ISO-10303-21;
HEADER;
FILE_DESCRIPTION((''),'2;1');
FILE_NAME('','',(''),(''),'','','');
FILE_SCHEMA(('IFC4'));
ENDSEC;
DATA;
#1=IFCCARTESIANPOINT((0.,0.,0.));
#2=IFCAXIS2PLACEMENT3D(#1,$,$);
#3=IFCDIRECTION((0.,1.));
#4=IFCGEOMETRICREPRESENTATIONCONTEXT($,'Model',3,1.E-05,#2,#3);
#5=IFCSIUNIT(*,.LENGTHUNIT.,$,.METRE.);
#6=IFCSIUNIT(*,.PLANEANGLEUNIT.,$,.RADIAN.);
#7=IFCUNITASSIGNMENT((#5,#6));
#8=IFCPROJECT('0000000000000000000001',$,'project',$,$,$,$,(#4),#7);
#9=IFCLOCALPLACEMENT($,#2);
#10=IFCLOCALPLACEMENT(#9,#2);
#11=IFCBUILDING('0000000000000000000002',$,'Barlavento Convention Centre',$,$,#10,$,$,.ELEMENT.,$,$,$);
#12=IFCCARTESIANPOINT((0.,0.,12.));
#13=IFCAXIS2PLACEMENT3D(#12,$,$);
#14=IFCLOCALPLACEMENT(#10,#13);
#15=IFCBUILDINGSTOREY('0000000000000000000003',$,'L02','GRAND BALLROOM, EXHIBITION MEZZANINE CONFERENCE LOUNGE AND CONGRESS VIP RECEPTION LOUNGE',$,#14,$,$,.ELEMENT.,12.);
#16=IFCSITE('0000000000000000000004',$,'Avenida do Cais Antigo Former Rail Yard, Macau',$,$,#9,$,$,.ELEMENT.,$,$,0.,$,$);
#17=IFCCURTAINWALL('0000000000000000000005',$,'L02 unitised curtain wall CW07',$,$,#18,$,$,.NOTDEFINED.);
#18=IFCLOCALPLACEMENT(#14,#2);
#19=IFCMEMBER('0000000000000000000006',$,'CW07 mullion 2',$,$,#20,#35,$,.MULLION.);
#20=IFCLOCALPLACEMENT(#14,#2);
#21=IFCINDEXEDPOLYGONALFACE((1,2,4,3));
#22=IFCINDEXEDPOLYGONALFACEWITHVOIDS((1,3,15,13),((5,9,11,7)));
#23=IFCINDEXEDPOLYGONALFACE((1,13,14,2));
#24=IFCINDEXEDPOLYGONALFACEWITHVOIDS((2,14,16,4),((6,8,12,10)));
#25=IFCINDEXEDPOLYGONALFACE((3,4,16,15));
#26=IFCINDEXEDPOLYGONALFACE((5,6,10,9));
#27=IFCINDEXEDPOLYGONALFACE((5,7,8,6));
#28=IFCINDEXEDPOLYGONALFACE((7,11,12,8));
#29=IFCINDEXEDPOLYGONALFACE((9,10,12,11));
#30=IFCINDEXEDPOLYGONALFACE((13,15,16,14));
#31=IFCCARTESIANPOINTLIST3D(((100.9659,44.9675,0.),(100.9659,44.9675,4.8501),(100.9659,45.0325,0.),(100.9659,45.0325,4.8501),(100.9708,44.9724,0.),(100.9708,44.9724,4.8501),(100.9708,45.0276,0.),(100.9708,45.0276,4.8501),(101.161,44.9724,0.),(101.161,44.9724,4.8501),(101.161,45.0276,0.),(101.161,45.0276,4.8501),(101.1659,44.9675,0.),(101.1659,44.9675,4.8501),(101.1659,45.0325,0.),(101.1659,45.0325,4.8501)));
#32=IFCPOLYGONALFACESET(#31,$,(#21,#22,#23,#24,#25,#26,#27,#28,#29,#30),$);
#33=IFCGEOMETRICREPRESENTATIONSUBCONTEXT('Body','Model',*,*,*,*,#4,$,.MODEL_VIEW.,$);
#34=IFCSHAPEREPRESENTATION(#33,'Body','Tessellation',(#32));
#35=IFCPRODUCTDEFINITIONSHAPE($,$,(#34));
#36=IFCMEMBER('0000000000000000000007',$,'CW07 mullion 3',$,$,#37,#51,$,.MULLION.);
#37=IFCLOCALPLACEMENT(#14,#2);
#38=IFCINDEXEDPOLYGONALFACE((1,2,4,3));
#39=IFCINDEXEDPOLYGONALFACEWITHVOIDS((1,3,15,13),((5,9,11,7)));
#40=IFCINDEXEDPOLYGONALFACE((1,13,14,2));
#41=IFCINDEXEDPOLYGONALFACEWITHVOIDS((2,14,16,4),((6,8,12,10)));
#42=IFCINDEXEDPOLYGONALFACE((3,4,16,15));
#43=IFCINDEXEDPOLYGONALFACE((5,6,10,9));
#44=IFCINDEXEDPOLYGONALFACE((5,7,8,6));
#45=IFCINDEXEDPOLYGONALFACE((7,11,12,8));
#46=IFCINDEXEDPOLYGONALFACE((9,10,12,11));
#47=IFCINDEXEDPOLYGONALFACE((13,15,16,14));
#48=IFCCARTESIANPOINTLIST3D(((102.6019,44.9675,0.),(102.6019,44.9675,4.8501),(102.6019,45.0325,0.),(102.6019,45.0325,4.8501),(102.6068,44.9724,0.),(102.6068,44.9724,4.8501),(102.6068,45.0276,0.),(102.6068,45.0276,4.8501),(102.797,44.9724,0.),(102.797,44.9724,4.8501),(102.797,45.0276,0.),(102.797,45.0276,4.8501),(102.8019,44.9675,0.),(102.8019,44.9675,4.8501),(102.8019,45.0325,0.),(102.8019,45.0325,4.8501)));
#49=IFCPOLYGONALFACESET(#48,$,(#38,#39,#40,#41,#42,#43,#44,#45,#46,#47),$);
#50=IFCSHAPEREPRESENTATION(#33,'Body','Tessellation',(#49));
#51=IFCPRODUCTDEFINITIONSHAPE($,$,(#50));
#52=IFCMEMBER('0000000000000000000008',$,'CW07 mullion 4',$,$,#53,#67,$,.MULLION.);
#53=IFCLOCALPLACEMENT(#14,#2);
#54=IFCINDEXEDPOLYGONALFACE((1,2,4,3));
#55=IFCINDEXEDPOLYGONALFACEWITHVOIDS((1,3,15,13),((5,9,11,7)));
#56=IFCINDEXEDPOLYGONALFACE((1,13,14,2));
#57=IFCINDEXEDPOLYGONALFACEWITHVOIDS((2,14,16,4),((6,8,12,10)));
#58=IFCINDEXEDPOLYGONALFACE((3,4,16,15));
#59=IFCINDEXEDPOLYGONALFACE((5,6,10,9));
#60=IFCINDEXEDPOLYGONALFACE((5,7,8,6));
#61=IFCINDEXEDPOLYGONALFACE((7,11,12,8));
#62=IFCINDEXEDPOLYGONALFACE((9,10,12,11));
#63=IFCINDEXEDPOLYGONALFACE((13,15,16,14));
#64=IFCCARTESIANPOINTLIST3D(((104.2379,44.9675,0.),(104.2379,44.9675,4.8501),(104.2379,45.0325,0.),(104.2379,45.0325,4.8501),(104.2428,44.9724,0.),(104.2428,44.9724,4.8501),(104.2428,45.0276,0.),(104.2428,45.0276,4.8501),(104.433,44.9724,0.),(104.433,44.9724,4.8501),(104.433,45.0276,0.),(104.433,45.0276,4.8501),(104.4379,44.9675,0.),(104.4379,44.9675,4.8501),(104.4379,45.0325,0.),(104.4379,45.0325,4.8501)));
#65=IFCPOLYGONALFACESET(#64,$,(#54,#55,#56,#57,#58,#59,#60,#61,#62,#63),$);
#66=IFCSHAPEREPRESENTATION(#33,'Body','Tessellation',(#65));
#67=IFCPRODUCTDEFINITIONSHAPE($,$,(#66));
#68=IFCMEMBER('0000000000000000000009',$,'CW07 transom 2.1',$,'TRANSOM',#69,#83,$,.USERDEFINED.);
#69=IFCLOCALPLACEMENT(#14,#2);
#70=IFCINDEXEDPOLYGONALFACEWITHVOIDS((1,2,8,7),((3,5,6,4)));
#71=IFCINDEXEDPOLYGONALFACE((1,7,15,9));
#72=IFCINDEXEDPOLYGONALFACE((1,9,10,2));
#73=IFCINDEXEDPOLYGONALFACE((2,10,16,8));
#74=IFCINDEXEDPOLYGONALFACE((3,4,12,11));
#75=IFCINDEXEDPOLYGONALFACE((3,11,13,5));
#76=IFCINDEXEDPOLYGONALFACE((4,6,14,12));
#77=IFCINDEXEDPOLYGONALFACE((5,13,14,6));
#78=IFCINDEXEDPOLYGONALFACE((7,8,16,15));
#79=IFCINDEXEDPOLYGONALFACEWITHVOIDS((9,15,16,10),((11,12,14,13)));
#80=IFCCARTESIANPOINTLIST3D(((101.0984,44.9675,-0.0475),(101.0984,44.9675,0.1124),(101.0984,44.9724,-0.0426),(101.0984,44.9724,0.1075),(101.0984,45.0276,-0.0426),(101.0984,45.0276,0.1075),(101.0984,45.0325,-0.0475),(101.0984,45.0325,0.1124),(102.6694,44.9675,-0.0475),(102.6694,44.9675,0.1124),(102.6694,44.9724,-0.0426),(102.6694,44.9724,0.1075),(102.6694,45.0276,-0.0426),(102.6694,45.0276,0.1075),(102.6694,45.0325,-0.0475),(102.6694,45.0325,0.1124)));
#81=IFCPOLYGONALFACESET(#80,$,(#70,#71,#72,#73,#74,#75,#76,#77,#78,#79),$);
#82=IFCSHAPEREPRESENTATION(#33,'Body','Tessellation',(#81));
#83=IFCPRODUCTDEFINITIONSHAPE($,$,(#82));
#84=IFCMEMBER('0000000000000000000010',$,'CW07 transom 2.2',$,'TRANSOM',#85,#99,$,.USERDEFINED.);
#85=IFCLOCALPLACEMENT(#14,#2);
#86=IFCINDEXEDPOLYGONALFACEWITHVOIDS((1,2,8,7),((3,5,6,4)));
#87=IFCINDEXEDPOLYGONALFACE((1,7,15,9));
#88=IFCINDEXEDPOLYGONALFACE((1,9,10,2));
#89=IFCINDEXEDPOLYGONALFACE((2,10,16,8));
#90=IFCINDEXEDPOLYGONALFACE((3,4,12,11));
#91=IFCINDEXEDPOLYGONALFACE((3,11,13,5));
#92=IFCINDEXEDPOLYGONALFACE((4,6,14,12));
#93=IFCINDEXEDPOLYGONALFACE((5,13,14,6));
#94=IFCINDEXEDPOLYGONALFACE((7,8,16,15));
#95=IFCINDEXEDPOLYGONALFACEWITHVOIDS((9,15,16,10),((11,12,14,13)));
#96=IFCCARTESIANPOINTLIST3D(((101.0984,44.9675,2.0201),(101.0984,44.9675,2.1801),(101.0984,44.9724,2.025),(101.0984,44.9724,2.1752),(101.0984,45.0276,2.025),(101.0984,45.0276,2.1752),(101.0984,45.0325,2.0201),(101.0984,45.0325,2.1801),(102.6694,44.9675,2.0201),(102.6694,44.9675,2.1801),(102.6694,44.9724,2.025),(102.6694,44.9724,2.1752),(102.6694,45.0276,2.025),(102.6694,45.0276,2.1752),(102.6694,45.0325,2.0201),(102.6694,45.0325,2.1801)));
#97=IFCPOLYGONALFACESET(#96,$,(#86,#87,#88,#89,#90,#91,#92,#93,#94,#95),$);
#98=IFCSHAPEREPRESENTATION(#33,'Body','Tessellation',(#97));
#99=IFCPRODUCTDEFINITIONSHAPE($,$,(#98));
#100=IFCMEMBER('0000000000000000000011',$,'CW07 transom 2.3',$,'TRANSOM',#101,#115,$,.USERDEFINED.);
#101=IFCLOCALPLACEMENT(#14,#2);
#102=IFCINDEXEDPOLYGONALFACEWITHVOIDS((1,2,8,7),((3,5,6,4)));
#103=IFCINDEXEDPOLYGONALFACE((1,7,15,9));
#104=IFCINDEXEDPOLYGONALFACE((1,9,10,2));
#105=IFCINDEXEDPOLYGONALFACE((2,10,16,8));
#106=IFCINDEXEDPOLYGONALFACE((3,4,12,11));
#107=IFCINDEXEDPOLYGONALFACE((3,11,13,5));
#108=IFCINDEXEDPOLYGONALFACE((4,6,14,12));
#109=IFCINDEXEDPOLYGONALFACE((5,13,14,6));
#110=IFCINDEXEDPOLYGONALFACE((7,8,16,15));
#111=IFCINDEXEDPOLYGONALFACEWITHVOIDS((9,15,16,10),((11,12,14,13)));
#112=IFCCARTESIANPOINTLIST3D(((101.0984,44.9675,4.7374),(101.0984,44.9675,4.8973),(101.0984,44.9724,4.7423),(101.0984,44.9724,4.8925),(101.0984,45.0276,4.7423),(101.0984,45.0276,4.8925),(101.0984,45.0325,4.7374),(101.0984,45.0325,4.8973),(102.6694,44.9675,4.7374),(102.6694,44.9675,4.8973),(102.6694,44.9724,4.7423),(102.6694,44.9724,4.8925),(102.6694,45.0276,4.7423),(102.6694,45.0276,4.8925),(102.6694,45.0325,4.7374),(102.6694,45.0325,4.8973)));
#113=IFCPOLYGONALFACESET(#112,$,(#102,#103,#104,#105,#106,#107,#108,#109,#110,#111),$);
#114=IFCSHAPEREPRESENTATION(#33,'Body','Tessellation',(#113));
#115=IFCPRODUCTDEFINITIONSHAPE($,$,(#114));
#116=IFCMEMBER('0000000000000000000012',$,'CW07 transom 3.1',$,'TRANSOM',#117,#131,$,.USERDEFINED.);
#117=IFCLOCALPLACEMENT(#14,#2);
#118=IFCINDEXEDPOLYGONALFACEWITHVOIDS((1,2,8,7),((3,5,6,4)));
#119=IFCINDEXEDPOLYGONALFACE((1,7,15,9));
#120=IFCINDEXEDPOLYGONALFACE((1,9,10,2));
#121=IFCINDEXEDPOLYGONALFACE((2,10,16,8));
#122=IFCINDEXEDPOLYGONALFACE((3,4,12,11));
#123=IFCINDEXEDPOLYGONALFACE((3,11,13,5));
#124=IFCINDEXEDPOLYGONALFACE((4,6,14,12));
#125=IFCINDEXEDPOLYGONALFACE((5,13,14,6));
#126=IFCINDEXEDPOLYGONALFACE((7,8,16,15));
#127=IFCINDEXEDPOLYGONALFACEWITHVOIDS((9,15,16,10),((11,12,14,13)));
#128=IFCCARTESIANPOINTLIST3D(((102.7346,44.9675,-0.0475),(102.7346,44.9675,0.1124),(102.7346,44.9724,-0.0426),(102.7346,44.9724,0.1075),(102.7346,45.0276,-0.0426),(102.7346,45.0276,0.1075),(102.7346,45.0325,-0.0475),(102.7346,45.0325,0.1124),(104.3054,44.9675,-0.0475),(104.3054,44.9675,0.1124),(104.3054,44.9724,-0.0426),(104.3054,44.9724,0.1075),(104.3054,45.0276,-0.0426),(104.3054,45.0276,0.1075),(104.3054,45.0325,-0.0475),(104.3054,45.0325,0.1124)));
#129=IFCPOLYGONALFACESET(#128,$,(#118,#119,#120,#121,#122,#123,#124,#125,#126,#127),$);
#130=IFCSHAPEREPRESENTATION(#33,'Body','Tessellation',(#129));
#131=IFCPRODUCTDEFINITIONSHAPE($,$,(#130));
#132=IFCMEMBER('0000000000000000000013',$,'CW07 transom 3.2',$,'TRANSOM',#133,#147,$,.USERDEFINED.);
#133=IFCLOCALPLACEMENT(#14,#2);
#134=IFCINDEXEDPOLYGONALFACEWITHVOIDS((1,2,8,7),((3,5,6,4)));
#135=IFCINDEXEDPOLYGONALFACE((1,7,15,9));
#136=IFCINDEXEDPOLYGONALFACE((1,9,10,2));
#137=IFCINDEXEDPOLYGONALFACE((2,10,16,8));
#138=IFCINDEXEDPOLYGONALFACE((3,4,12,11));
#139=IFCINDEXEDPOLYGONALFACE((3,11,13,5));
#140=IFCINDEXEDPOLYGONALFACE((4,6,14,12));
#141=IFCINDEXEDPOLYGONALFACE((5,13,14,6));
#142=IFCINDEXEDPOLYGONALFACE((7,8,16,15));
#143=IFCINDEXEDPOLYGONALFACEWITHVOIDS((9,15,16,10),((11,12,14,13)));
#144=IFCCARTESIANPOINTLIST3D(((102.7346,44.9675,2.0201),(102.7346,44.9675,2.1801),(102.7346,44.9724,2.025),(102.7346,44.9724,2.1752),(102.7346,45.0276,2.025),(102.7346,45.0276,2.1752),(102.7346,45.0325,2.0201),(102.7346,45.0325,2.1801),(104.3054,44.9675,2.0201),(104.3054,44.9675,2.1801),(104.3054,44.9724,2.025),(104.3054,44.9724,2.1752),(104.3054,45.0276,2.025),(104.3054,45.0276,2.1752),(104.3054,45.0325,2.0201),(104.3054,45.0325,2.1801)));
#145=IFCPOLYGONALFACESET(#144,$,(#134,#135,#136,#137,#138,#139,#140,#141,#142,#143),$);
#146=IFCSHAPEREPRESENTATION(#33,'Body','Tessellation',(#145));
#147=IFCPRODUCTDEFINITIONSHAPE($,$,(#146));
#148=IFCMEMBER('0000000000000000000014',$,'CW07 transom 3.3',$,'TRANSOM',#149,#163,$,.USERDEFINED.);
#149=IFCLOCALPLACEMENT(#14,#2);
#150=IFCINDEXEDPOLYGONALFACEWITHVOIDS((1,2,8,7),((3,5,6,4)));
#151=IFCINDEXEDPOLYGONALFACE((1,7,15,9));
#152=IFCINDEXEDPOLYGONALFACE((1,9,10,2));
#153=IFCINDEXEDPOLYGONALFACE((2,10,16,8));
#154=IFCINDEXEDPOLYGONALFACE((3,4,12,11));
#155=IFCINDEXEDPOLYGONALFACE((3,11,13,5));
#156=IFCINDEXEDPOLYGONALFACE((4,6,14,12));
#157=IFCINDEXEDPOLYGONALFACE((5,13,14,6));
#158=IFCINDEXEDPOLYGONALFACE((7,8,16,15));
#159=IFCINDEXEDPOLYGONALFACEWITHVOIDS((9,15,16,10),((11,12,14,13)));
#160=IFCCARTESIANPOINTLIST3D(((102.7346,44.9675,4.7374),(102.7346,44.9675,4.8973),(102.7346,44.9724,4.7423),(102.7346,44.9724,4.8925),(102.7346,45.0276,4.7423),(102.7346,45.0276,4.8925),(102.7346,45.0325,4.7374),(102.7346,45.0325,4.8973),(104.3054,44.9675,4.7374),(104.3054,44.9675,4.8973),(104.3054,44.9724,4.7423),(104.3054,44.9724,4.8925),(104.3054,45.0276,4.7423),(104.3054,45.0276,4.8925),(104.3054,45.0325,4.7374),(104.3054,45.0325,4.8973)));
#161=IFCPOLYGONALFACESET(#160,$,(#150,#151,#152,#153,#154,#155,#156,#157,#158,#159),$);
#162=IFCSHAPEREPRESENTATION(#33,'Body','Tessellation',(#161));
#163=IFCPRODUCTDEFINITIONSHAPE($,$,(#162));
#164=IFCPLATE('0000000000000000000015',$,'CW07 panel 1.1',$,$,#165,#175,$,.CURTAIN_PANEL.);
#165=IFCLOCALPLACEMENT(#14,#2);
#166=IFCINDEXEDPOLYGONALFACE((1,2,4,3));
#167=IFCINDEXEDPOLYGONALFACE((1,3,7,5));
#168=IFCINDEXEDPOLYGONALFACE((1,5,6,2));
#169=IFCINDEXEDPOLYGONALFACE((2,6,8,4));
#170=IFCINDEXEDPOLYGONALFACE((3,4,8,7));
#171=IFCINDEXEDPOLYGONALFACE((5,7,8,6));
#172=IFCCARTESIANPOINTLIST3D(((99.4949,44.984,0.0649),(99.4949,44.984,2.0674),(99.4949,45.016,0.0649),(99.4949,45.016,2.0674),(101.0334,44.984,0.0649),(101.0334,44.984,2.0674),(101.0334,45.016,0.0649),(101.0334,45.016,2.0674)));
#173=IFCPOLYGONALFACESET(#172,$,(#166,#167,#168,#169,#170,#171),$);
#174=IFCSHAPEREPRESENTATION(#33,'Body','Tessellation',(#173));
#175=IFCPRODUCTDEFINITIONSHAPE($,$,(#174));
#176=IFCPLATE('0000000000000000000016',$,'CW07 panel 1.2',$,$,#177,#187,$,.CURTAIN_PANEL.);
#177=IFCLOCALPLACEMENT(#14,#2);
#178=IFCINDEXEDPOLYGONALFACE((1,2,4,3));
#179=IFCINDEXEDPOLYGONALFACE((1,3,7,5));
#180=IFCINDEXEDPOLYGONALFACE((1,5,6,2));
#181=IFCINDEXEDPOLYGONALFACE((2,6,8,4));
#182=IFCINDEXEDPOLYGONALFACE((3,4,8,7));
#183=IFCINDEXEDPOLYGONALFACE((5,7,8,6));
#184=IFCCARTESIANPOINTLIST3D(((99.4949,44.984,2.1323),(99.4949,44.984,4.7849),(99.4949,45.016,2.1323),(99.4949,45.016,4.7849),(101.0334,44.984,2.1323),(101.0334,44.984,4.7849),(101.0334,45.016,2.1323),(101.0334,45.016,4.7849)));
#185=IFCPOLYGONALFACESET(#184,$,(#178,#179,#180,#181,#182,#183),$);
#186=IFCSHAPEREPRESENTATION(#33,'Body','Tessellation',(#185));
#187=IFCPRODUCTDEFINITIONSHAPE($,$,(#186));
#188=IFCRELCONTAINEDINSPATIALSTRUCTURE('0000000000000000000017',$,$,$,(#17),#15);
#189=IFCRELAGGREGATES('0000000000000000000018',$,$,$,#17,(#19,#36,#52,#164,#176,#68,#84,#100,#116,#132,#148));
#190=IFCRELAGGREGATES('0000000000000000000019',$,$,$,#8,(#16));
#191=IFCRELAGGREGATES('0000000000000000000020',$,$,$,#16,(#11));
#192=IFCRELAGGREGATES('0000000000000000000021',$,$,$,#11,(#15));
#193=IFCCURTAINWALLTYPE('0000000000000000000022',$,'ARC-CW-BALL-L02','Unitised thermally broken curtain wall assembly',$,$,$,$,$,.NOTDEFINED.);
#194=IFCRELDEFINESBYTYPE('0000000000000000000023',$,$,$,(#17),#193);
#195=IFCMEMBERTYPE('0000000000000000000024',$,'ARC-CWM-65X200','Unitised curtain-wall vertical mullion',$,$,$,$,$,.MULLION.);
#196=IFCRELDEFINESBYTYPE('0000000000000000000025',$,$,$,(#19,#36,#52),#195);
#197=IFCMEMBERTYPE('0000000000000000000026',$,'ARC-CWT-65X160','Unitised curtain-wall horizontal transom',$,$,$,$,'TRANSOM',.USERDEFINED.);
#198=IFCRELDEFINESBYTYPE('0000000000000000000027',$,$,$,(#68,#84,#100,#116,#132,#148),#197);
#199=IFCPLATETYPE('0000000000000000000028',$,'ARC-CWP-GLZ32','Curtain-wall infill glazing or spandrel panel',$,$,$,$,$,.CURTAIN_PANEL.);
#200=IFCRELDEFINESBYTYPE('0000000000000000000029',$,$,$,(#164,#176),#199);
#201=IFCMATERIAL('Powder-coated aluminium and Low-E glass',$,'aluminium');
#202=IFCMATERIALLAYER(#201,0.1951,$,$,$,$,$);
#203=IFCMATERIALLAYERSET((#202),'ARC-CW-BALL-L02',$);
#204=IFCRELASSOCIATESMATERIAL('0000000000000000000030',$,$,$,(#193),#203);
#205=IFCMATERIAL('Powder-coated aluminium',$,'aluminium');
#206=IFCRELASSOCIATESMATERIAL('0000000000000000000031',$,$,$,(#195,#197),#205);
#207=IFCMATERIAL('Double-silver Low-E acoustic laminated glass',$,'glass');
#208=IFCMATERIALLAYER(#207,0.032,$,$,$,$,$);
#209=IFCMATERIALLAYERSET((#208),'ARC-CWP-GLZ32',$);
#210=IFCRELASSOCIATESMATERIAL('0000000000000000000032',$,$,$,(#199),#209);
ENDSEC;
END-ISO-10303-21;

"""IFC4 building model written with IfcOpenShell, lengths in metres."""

from ifc_helpers import new_model, si_unit, direction, frame, origin, origin_2d, place, context, subcontext, project, spatial, rectangle, hollow_rectangle, extrude, material, layer, layer_set, material_profile, profile_set, type_object, element, aggregate, save


model = new_model("IFC4")

# Units and contexts
model_context = context("Model", 3, precision=1e-05, world=origin(), true_north=direction((0.0, 1.0)))
body_context = subcontext(model_context, "Body", "Model", "MODEL_VIEW")
ifc_project = project(units=[si_unit("LENGTHUNIT", "METRE"), si_unit("PLANEANGLEUNIT", "RADIAN")], contexts=[model_context])

# Site, building, storey
site_placement = place(None, origin())
site = spatial("IfcSite", under=ifc_project, at=site_placement, Name="Avenida do Cais Antigo Former Rail Yard, Macau", CompositionType="ELEMENT", RefElevation=0.0)
building_placement = place(site_placement, origin())
building = spatial("IfcBuilding", under=site, at=building_placement, Name="Barlavento Convention Centre", CompositionType="ELEMENT")
storey_placement = place(building_placement, frame((0.0, 0.0, 12.0)))
storey = spatial("IfcBuildingStorey", under=building, at=storey_placement, Name="L02", Description="GRAND BALLROOM, EXHIBITION MEZZANINE CONFERENCE LOUNGE AND CONGRESS VIP RECEPTION LOUNGE", CompositionType="ELEMENT", Elevation=12.0)

# Curtain wall, members, plates
ifc_material_1 = material(Name="Powder-coated aluminium and Low-E glass", Category="aluminium")
ifc_layer_1 = layer(ifc_material_1, 0.1951)
ifc_layer_set_1 = layer_set([ifc_layer_1], Name="ARC-CW-BALL-L02")
curtain_wall_type = type_object("IfcCurtainWallType", Name="ARC-CW-BALL-L02", Description="Unitised thermally broken curtain wall assembly", PredefinedType="NOTDEFINED", material=ifc_layer_set_1)
curtain_wall_placement = place(storey_placement, origin())
curtain_wall = element("IfcCurtainWall", 1, at=curtain_wall_placement, inside=storey, type_object=curtain_wall_type, Name="L02 unitised curtain wall CW07", PredefinedType="NOTDEFINED")
ifc_material_2 = material(Name="Powder-coated aluminium", Category="aluminium")
ifc_material_profile_1 = material_profile(ifc_material_2, hollow_rectangle(XDim=0.0649, YDim=0.2, WallThickness=0.0049, at=origin_2d()), Name="AL-MULL 65x200x5")
ifc_profile_set_1 = profile_set([ifc_material_profile_1], Name="Powder-coated aluminium")
member_type_1 = type_object("IfcMemberType", Name="ARC-CWM-65X200", Description="Unitised curtain-wall vertical mullion", PredefinedType="MULLION", material=ifc_profile_set_1)
member_1_placement = place(storey_placement, frame((101.0659, 45.0, 0.0), z_axis=(0.0, 0.0, 1.0), x_axis=(0.0, 1.0, 0.0)))
member_1 = element("IfcMember", 2, at=member_1_placement, type_object=member_type_1, Name="CW07 mullion 2", PredefinedType="MULLION", context=body_context, shape_type="SweptSolid", body=[
    extrude(hollow_rectangle(XDim=0.0649, YDim=0.2, WallThickness=0.0049, at=origin_2d()), origin(), (0.0, 0.0, 1.0), 4.8501),
])
member_2_placement = place(storey_placement, frame((102.7019, 45.0, 0.0), z_axis=(0.0, 0.0, 1.0), x_axis=(0.0, 1.0, 0.0)))
member_2 = element("IfcMember", 3, at=member_2_placement, type_object=member_type_1, Name="CW07 mullion 3", PredefinedType="MULLION", context=body_context, shape_type="SweptSolid", body=[
    extrude(hollow_rectangle(XDim=0.0649, YDim=0.2, WallThickness=0.0049, at=origin_2d()), origin(), (0.0, 0.0, 1.0), 4.8501),
])
member_3_placement = place(storey_placement, frame((104.3379, 45.0, 0.0), z_axis=(0.0, 0.0, 1.0), x_axis=(0.0, 1.0, 0.0)))
member_3 = element("IfcMember", 4, at=member_3_placement, type_object=member_type_1, Name="CW07 mullion 4", PredefinedType="MULLION", context=body_context, shape_type="SweptSolid", body=[
    extrude(hollow_rectangle(XDim=0.0649, YDim=0.2, WallThickness=0.0049, at=origin_2d()), origin(), (0.0, 0.0, 1.0), 4.8501),
])
ifc_material_profile_2 = material_profile(ifc_material_2, hollow_rectangle(XDim=0.0649, YDim=0.1599, WallThickness=0.0049, at=origin_2d()), Name="AL-TRAN 65x160x5")
ifc_profile_set_2 = profile_set([ifc_material_profile_2], Name="Powder-coated aluminium")
member_type_2 = type_object("IfcMemberType", Name="ARC-CWT-65X160", Description="Unitised curtain-wall horizontal transom", ElementType="TRANSOM", PredefinedType="USERDEFINED", material=ifc_profile_set_2)
member_4_placement = place(storey_placement, frame((101.0984, 45.0, 0.0325), z_axis=(1.0, 0.0, 0.0), x_axis=(0.0, 1.0, 0.0)))
member_4 = element("IfcMember", 5, at=member_4_placement, type_object=member_type_2, Name="CW07 transom 2.1", ObjectType="TRANSOM", PredefinedType="USERDEFINED", context=body_context, shape_type="SweptSolid", body=[
    extrude(hollow_rectangle(XDim=0.0649, YDim=0.1599, WallThickness=0.0049, at=origin_2d()), origin(), (0.0, 0.0, 1.0), 1.571),
])
member_5_placement = place(storey_placement, frame((101.0984, 45.0, 2.1001), z_axis=(1.0, 0.0, 0.0), x_axis=(0.0, 1.0, 0.0)))
member_5 = element("IfcMember", 6, at=member_5_placement, type_object=member_type_2, Name="CW07 transom 2.2", ObjectType="TRANSOM", PredefinedType="USERDEFINED", context=body_context, shape_type="SweptSolid", body=[
    extrude(hollow_rectangle(XDim=0.0649, YDim=0.1599, WallThickness=0.0049, at=origin_2d()), origin(), (0.0, 0.0, 1.0), 1.571),
])
member_6_placement = place(storey_placement, frame((101.0984, 45.0, 4.8174), z_axis=(1.0, 0.0, 0.0), x_axis=(0.0, 1.0, 0.0)))
member_6 = element("IfcMember", 7, at=member_6_placement, type_object=member_type_2, Name="CW07 transom 2.3", ObjectType="TRANSOM", PredefinedType="USERDEFINED", context=body_context, shape_type="SweptSolid", body=[
    extrude(hollow_rectangle(XDim=0.0649, YDim=0.1599, WallThickness=0.0049, at=origin_2d()), origin(), (0.0, 0.0, 1.0), 1.571),
])
member_7_placement = place(storey_placement, frame((102.7346, 45.0, 0.0325), z_axis=(1.0, 0.0, 0.0), x_axis=(0.0, 1.0, 0.0)))
member_7 = element("IfcMember", 8, at=member_7_placement, type_object=member_type_2, Name="CW07 transom 3.1", ObjectType="TRANSOM", PredefinedType="USERDEFINED", context=body_context, shape_type="SweptSolid", body=[
    extrude(hollow_rectangle(XDim=0.0649, YDim=0.1599, WallThickness=0.0049, at=origin_2d()), origin(), (0.0, 0.0, 1.0), 1.5708),
])
member_8_placement = place(storey_placement, frame((102.7346, 45.0, 2.1001), z_axis=(1.0, 0.0, 0.0), x_axis=(0.0, 1.0, 0.0)))
member_8 = element("IfcMember", 9, at=member_8_placement, type_object=member_type_2, Name="CW07 transom 3.2", ObjectType="TRANSOM", PredefinedType="USERDEFINED", context=body_context, shape_type="SweptSolid", body=[
    extrude(hollow_rectangle(XDim=0.0649, YDim=0.1599, WallThickness=0.0049, at=origin_2d()), origin(), (0.0, 0.0, 1.0), 1.5708),
])
member_9_placement = place(storey_placement, frame((102.7346, 45.0, 4.8174), z_axis=(1.0, 0.0, 0.0), x_axis=(0.0, 1.0, 0.0)))
member_9 = element("IfcMember", 10, at=member_9_placement, type_object=member_type_2, Name="CW07 transom 3.3", ObjectType="TRANSOM", PredefinedType="USERDEFINED", context=body_context, shape_type="SweptSolid", body=[
    extrude(hollow_rectangle(XDim=0.0649, YDim=0.1599, WallThickness=0.0049, at=origin_2d()), origin(), (0.0, 0.0, 1.0), 1.5708),
])
ifc_material_3 = material(Name="Double-silver Low-E acoustic laminated glass", Category="glass")
ifc_layer_2 = layer(ifc_material_3, 0.032)
ifc_layer_set_2 = layer_set([ifc_layer_2], Name="ARC-CWP-GLZ32")
plate_type = type_object("IfcPlateType", Name="ARC-CWP-GLZ32", Description="Curtain-wall infill glazing or spandrel panel", PredefinedType="CURTAIN_PANEL", material=ifc_layer_set_2)
plate_1_placement = place(storey_placement, frame((100.2642, 45.0, 0.0649), z_axis=(0.0, 0.0, 1.0), x_axis=(1.0, 0.0, 0.0)))
plate_1 = element("IfcPlate", 11, at=plate_1_placement, type_object=plate_type, Name="CW07 panel 1.1", PredefinedType="CURTAIN_PANEL", context=body_context, shape_type="SweptSolid", body=[
    extrude(rectangle(XDim=1.5386, YDim=0.032, at=origin_2d()), origin(), (0.0, 0.0, 1.0), 2.0024),
])
plate_2_placement = place(storey_placement, frame((100.2642, 45.0, 2.1323), z_axis=(0.0, 0.0, 1.0), x_axis=(1.0, 0.0, 0.0)))
plate_2 = element("IfcPlate", 12, at=plate_2_placement, type_object=plate_type, Name="CW07 panel 1.2", PredefinedType="CURTAIN_PANEL", context=body_context, shape_type="SweptSolid", body=[
    extrude(rectangle(XDim=1.5386, YDim=0.032, at=origin_2d()), origin(), (0.0, 0.0, 1.0), 2.6526),
])
aggregate(curtain_wall, [member_1, member_2, member_3, plate_1, plate_2, member_4, member_5, member_6, member_7, member_8, member_9])

save(model, "model.ifc")
